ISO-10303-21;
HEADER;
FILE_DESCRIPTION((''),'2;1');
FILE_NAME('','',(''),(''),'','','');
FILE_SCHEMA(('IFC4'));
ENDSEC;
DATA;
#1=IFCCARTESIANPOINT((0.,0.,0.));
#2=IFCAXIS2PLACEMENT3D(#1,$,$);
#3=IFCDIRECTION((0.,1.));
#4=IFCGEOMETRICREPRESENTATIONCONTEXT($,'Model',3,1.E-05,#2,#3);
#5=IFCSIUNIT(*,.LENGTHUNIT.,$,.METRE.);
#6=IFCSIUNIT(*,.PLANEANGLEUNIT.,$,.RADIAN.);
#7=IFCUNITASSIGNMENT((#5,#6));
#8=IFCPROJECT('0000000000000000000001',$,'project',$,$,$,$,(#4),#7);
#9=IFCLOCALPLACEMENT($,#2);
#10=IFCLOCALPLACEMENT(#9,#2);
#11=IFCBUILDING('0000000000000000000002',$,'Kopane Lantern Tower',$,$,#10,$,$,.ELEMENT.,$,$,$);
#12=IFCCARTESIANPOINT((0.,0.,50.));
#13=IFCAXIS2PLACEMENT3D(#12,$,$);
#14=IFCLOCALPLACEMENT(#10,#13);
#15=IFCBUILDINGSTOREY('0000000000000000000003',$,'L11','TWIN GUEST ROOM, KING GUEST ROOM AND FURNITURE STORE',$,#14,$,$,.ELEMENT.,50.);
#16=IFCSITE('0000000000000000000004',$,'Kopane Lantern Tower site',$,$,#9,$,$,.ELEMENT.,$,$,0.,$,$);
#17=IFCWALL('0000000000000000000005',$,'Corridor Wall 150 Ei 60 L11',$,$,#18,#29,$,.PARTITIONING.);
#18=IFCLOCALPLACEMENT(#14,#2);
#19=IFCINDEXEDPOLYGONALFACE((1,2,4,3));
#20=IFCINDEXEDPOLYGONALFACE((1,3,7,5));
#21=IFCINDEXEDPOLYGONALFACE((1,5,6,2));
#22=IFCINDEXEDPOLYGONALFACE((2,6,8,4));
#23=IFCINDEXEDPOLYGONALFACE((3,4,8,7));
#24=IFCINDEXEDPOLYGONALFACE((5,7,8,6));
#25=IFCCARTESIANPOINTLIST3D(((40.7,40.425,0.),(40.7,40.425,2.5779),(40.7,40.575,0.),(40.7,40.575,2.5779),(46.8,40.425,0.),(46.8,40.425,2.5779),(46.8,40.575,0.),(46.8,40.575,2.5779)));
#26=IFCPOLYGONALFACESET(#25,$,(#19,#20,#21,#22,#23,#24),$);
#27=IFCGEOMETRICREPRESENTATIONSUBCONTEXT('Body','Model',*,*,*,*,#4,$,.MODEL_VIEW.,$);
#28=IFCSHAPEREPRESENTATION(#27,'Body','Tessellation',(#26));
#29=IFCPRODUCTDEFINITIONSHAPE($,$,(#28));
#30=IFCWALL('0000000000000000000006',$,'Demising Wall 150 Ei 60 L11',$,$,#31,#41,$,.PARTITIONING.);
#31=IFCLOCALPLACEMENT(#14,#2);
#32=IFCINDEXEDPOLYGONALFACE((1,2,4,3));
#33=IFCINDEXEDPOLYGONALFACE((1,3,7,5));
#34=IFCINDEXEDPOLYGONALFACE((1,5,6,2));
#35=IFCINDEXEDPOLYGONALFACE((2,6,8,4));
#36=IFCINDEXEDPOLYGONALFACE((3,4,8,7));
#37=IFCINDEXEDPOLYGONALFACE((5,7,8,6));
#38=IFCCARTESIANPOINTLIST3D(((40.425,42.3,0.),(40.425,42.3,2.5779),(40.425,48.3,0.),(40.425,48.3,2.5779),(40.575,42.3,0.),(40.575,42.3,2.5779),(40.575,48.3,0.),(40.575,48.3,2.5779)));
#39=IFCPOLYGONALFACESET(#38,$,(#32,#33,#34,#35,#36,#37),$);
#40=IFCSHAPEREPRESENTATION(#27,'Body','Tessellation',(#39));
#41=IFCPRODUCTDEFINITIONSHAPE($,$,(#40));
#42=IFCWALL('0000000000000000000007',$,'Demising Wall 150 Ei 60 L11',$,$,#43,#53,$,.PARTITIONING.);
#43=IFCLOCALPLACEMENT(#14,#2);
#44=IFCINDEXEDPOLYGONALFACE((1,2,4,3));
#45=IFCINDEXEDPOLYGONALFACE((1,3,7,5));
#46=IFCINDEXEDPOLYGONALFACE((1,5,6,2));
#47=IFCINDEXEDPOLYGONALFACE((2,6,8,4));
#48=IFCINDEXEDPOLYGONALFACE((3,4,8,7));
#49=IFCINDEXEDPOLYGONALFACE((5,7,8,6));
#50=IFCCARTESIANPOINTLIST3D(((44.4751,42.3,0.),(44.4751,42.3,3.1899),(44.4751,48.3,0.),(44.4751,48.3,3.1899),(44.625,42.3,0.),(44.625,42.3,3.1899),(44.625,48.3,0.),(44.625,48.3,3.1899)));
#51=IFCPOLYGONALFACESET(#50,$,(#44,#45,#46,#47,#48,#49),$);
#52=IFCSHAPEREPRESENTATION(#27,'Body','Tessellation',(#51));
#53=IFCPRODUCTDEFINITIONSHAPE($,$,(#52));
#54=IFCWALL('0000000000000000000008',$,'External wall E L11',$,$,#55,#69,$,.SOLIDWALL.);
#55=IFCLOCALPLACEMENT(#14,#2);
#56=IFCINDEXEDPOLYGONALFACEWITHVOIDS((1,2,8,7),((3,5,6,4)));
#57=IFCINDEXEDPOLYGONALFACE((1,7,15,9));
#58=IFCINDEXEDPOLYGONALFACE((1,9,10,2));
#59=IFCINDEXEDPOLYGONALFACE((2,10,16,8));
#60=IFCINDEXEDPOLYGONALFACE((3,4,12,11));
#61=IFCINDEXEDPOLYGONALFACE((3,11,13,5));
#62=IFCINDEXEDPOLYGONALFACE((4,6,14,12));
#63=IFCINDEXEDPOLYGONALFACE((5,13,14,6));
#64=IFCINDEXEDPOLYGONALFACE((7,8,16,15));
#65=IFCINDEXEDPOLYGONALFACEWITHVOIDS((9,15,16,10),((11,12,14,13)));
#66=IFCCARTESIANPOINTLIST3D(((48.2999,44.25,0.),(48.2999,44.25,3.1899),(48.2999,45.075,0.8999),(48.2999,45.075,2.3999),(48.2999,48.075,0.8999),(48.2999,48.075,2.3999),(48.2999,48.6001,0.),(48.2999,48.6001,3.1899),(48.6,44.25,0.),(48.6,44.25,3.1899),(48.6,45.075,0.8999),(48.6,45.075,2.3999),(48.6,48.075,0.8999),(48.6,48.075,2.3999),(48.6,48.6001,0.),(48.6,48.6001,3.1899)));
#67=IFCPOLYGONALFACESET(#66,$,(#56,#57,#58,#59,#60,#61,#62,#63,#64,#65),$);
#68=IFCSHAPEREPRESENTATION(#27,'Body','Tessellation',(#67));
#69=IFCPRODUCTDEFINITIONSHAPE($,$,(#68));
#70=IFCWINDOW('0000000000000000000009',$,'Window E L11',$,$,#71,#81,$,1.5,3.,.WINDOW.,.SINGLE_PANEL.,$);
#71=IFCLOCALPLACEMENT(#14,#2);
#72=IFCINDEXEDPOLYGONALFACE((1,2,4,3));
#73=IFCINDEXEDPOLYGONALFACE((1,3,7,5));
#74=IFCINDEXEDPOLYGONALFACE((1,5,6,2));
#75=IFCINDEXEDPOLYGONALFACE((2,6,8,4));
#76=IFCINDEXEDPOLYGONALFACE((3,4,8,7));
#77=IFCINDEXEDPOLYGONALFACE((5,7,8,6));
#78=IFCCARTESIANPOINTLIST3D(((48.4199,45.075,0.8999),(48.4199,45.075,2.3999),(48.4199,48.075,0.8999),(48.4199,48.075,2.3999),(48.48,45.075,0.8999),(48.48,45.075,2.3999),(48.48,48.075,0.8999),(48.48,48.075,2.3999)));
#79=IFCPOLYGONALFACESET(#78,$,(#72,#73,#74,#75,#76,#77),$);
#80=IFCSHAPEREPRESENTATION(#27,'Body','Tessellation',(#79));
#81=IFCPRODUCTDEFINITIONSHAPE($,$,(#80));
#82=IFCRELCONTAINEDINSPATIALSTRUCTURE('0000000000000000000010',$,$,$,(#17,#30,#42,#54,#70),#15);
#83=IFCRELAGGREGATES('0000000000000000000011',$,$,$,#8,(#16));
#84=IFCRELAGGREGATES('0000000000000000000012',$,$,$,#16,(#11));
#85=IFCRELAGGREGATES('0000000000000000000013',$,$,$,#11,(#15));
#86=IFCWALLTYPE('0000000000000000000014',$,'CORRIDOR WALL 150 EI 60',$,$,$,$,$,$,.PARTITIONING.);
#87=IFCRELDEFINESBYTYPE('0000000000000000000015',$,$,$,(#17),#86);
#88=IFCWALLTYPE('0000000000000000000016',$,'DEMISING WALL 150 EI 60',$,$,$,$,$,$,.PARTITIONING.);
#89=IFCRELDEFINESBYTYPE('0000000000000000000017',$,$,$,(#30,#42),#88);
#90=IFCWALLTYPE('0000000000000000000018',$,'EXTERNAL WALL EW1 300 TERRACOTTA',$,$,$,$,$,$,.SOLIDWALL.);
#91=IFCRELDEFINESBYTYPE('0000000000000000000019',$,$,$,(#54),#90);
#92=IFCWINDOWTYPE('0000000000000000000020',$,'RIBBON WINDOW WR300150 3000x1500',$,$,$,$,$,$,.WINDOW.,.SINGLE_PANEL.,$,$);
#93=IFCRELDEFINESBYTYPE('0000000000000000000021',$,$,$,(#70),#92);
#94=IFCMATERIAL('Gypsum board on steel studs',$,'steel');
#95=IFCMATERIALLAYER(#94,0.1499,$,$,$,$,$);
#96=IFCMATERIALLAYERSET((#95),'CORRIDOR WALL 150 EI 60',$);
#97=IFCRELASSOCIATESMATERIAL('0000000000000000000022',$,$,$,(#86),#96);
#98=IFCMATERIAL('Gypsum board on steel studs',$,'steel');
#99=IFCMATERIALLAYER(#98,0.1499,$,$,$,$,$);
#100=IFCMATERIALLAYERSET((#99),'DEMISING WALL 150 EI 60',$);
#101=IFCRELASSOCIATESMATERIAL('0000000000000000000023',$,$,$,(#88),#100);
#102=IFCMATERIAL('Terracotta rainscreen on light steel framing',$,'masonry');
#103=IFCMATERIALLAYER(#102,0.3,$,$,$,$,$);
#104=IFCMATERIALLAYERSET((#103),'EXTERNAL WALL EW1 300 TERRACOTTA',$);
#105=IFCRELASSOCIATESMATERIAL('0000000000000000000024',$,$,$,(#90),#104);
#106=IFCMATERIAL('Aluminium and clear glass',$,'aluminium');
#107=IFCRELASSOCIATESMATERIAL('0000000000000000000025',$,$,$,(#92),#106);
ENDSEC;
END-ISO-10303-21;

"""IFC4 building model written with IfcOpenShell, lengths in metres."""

from ifc_helpers import new_model, si_unit, direction, frame, frame_2d, origin, place, context, subcontext, project, spatial, rectangle, extrude, material, layer, layer_set, type_object, element, fill, save


model = new_model("IFC4")

# Units and contexts
model_context = context("Model", 3, precision=1e-05, world=origin(), true_north=direction((0.0, 1.0)))
body_context = subcontext(model_context, "Body", "Model", "MODEL_VIEW")
ifc_project = project(units=[si_unit("LENGTHUNIT", "METRE"), si_unit("PLANEANGLEUNIT", "RADIAN")], contexts=[model_context])

# Site, building, storey
site_placement = place(None, origin())
site = spatial("IfcSite", under=ifc_project, at=site_placement, Name="Kopane Lantern Tower site", CompositionType="ELEMENT", RefElevation=0.0)
building_placement = place(site_placement, origin())
building = spatial("IfcBuilding", under=site, at=building_placement, Name="Kopane Lantern Tower", CompositionType="ELEMENT")
storey_placement = place(building_placement, frame((0.0, 0.0, 50.0)))
storey = spatial("IfcBuildingStorey", under=building, at=storey_placement, Name="L11", Description="TWIN GUEST ROOM, KING GUEST ROOM AND FURNITURE STORE", CompositionType="ELEMENT", Elevation=50.0)

# Walls
ifc_material_1 = material(Name="Gypsum board on steel studs", Category="steel")
ifc_layer_1 = layer(ifc_material_1, 0.1499)
ifc_layer_set_1 = layer_set([ifc_layer_1], Name="CORRIDOR WALL 150 EI 60")
wall_type_1 = type_object("IfcWallType", Name="CORRIDOR WALL 150 EI 60", PredefinedType="PARTITIONING", material=ifc_layer_set_1)
wall_1_placement = place(storey_placement, frame((46.8, 40.5, 0.0), z_axis=(0.0, 0.0, 1.0), x_axis=(-1.0, 0.0, 0.0)))
element("IfcWall", 1, at=wall_1_placement, inside=storey, type_object=wall_type_1, Name="Corridor Wall 150 Ei 60 L11", PredefinedType="PARTITIONING", context=body_context, shape_type="SweptSolid", body=[
    extrude(rectangle(XDim=6.1001, YDim=0.1499, at=frame_2d((3.05, 0.0))), origin(), (0.0, 0.0, 1.0), 2.5779),
])
ifc_material_2 = material(Name="Gypsum board on steel studs", Category="steel")
ifc_layer_2 = layer(ifc_material_2, 0.1499)
ifc_layer_set_2 = layer_set([ifc_layer_2], Name="DEMISING WALL 150 EI 60")
wall_type_2 = type_object("IfcWallType", Name="DEMISING WALL 150 EI 60", PredefinedType="PARTITIONING", material=ifc_layer_set_2)
wall_2_placement = place(storey_placement, frame((40.5, 42.3, 0.0), z_axis=(0.0, 0.0, 1.0), x_axis=(0.0, 1.0, 0.0)))
element("IfcWall", 2, at=wall_2_placement, inside=storey, type_object=wall_type_2, Name="Demising Wall 150 Ei 60 L11", PredefinedType="PARTITIONING", context=body_context, shape_type="SweptSolid", body=[
    extrude(rectangle(XDim=6.0, YDim=0.1499, at=frame_2d((3.0, 0.0))), origin(), (0.0, 0.0, 1.0), 2.5779),
])
wall_3_placement = place(storey_placement, frame((44.55, 42.3, 0.0), z_axis=(0.0, 0.0, 1.0), x_axis=(0.0, 1.0, 0.0)))
element("IfcWall", 3, at=wall_3_placement, inside=storey, type_object=wall_type_2, Name="Demising Wall 150 Ei 60 L11", PredefinedType="PARTITIONING", context=body_context, shape_type="SweptSolid", body=[
    extrude(rectangle(XDim=6.0, YDim=0.1499, at=frame_2d((3.0, 0.0))), origin(), (0.0, 0.0, 1.0), 3.1899),
])

# Wall, opening, window
ifc_material_3 = material(Name="Terracotta rainscreen on light steel framing", Category="masonry")
ifc_layer_3 = layer(ifc_material_3, 0.3)
ifc_layer_set_3 = layer_set([ifc_layer_3], Name="EXTERNAL WALL EW1 300 TERRACOTTA")
wall_type_3 = type_object("IfcWallType", Name="EXTERNAL WALL EW1 300 TERRACOTTA", PredefinedType="SOLIDWALL", material=ifc_layer_set_3)
wall_4_placement = place(storey_placement, frame((48.45, 44.25, 0.0), z_axis=(0.0, 0.0, 1.0), x_axis=(0.0, 1.0, 0.0)))
wall_4 = element("IfcWall", 4, at=wall_4_placement, inside=storey, type_object=wall_type_3, Name="External wall E L11", PredefinedType="SOLIDWALL", context=body_context, shape_type="SweptSolid", body=[
    extrude(rectangle(XDim=4.3501, YDim=0.3, at=frame_2d((2.175, 0.0))), origin(), (0.0, 0.0, 1.0), 3.1899),
])
opening_1_placement = place(wall_4_placement, frame((0.825, 0.0, 0.8999)))
opening_1 = element("IfcOpeningElement", 5, at=opening_1_placement, cuts=wall_4, PredefinedType="OPENING", context=body_context, shape_type="SweptSolid", body=[
    extrude(rectangle(XDim=3.0, YDim=1.5, at=frame_2d((1.5, 0.75))), frame((0.0, 0.1599, 0.0), z_axis=(0.0, -1.0, 0.0), x_axis=(1.0, 0.0, 0.0)), (0.0, 0.0, 1.0), 0.3201),
])
ifc_material_4 = material(Name="Aluminium and clear glass", Category="aluminium")
window_type_1 = type_object("IfcWindowType", Name="RIBBON WINDOW WR300150 3000x1500", PartitioningType="SINGLE_PANEL", PredefinedType="WINDOW", material=ifc_material_4)
window_1_placement = place(opening_1_placement, origin())
window_1 = element("IfcWindow", 6, at=window_1_placement, inside=storey, type_object=window_type_1, Name="Window E L11", OverallHeight=1.5, OverallWidth=3.0, PartitioningType="SINGLE_PANEL", PredefinedType="WINDOW", context=body_context, shape_type="SweptSolid", body=[
    extrude(rectangle(XDim=3.0, YDim=1.5, at=frame_2d((1.5, 0.75))), frame((0.0, 0.03, 0.0), z_axis=(0.0, -1.0, 0.0), x_axis=(1.0, 0.0, 0.0)), (0.0, 0.0, 1.0), 0.0601),
])
fill(opening_1, window_1)

save(model, "model.ifc")
